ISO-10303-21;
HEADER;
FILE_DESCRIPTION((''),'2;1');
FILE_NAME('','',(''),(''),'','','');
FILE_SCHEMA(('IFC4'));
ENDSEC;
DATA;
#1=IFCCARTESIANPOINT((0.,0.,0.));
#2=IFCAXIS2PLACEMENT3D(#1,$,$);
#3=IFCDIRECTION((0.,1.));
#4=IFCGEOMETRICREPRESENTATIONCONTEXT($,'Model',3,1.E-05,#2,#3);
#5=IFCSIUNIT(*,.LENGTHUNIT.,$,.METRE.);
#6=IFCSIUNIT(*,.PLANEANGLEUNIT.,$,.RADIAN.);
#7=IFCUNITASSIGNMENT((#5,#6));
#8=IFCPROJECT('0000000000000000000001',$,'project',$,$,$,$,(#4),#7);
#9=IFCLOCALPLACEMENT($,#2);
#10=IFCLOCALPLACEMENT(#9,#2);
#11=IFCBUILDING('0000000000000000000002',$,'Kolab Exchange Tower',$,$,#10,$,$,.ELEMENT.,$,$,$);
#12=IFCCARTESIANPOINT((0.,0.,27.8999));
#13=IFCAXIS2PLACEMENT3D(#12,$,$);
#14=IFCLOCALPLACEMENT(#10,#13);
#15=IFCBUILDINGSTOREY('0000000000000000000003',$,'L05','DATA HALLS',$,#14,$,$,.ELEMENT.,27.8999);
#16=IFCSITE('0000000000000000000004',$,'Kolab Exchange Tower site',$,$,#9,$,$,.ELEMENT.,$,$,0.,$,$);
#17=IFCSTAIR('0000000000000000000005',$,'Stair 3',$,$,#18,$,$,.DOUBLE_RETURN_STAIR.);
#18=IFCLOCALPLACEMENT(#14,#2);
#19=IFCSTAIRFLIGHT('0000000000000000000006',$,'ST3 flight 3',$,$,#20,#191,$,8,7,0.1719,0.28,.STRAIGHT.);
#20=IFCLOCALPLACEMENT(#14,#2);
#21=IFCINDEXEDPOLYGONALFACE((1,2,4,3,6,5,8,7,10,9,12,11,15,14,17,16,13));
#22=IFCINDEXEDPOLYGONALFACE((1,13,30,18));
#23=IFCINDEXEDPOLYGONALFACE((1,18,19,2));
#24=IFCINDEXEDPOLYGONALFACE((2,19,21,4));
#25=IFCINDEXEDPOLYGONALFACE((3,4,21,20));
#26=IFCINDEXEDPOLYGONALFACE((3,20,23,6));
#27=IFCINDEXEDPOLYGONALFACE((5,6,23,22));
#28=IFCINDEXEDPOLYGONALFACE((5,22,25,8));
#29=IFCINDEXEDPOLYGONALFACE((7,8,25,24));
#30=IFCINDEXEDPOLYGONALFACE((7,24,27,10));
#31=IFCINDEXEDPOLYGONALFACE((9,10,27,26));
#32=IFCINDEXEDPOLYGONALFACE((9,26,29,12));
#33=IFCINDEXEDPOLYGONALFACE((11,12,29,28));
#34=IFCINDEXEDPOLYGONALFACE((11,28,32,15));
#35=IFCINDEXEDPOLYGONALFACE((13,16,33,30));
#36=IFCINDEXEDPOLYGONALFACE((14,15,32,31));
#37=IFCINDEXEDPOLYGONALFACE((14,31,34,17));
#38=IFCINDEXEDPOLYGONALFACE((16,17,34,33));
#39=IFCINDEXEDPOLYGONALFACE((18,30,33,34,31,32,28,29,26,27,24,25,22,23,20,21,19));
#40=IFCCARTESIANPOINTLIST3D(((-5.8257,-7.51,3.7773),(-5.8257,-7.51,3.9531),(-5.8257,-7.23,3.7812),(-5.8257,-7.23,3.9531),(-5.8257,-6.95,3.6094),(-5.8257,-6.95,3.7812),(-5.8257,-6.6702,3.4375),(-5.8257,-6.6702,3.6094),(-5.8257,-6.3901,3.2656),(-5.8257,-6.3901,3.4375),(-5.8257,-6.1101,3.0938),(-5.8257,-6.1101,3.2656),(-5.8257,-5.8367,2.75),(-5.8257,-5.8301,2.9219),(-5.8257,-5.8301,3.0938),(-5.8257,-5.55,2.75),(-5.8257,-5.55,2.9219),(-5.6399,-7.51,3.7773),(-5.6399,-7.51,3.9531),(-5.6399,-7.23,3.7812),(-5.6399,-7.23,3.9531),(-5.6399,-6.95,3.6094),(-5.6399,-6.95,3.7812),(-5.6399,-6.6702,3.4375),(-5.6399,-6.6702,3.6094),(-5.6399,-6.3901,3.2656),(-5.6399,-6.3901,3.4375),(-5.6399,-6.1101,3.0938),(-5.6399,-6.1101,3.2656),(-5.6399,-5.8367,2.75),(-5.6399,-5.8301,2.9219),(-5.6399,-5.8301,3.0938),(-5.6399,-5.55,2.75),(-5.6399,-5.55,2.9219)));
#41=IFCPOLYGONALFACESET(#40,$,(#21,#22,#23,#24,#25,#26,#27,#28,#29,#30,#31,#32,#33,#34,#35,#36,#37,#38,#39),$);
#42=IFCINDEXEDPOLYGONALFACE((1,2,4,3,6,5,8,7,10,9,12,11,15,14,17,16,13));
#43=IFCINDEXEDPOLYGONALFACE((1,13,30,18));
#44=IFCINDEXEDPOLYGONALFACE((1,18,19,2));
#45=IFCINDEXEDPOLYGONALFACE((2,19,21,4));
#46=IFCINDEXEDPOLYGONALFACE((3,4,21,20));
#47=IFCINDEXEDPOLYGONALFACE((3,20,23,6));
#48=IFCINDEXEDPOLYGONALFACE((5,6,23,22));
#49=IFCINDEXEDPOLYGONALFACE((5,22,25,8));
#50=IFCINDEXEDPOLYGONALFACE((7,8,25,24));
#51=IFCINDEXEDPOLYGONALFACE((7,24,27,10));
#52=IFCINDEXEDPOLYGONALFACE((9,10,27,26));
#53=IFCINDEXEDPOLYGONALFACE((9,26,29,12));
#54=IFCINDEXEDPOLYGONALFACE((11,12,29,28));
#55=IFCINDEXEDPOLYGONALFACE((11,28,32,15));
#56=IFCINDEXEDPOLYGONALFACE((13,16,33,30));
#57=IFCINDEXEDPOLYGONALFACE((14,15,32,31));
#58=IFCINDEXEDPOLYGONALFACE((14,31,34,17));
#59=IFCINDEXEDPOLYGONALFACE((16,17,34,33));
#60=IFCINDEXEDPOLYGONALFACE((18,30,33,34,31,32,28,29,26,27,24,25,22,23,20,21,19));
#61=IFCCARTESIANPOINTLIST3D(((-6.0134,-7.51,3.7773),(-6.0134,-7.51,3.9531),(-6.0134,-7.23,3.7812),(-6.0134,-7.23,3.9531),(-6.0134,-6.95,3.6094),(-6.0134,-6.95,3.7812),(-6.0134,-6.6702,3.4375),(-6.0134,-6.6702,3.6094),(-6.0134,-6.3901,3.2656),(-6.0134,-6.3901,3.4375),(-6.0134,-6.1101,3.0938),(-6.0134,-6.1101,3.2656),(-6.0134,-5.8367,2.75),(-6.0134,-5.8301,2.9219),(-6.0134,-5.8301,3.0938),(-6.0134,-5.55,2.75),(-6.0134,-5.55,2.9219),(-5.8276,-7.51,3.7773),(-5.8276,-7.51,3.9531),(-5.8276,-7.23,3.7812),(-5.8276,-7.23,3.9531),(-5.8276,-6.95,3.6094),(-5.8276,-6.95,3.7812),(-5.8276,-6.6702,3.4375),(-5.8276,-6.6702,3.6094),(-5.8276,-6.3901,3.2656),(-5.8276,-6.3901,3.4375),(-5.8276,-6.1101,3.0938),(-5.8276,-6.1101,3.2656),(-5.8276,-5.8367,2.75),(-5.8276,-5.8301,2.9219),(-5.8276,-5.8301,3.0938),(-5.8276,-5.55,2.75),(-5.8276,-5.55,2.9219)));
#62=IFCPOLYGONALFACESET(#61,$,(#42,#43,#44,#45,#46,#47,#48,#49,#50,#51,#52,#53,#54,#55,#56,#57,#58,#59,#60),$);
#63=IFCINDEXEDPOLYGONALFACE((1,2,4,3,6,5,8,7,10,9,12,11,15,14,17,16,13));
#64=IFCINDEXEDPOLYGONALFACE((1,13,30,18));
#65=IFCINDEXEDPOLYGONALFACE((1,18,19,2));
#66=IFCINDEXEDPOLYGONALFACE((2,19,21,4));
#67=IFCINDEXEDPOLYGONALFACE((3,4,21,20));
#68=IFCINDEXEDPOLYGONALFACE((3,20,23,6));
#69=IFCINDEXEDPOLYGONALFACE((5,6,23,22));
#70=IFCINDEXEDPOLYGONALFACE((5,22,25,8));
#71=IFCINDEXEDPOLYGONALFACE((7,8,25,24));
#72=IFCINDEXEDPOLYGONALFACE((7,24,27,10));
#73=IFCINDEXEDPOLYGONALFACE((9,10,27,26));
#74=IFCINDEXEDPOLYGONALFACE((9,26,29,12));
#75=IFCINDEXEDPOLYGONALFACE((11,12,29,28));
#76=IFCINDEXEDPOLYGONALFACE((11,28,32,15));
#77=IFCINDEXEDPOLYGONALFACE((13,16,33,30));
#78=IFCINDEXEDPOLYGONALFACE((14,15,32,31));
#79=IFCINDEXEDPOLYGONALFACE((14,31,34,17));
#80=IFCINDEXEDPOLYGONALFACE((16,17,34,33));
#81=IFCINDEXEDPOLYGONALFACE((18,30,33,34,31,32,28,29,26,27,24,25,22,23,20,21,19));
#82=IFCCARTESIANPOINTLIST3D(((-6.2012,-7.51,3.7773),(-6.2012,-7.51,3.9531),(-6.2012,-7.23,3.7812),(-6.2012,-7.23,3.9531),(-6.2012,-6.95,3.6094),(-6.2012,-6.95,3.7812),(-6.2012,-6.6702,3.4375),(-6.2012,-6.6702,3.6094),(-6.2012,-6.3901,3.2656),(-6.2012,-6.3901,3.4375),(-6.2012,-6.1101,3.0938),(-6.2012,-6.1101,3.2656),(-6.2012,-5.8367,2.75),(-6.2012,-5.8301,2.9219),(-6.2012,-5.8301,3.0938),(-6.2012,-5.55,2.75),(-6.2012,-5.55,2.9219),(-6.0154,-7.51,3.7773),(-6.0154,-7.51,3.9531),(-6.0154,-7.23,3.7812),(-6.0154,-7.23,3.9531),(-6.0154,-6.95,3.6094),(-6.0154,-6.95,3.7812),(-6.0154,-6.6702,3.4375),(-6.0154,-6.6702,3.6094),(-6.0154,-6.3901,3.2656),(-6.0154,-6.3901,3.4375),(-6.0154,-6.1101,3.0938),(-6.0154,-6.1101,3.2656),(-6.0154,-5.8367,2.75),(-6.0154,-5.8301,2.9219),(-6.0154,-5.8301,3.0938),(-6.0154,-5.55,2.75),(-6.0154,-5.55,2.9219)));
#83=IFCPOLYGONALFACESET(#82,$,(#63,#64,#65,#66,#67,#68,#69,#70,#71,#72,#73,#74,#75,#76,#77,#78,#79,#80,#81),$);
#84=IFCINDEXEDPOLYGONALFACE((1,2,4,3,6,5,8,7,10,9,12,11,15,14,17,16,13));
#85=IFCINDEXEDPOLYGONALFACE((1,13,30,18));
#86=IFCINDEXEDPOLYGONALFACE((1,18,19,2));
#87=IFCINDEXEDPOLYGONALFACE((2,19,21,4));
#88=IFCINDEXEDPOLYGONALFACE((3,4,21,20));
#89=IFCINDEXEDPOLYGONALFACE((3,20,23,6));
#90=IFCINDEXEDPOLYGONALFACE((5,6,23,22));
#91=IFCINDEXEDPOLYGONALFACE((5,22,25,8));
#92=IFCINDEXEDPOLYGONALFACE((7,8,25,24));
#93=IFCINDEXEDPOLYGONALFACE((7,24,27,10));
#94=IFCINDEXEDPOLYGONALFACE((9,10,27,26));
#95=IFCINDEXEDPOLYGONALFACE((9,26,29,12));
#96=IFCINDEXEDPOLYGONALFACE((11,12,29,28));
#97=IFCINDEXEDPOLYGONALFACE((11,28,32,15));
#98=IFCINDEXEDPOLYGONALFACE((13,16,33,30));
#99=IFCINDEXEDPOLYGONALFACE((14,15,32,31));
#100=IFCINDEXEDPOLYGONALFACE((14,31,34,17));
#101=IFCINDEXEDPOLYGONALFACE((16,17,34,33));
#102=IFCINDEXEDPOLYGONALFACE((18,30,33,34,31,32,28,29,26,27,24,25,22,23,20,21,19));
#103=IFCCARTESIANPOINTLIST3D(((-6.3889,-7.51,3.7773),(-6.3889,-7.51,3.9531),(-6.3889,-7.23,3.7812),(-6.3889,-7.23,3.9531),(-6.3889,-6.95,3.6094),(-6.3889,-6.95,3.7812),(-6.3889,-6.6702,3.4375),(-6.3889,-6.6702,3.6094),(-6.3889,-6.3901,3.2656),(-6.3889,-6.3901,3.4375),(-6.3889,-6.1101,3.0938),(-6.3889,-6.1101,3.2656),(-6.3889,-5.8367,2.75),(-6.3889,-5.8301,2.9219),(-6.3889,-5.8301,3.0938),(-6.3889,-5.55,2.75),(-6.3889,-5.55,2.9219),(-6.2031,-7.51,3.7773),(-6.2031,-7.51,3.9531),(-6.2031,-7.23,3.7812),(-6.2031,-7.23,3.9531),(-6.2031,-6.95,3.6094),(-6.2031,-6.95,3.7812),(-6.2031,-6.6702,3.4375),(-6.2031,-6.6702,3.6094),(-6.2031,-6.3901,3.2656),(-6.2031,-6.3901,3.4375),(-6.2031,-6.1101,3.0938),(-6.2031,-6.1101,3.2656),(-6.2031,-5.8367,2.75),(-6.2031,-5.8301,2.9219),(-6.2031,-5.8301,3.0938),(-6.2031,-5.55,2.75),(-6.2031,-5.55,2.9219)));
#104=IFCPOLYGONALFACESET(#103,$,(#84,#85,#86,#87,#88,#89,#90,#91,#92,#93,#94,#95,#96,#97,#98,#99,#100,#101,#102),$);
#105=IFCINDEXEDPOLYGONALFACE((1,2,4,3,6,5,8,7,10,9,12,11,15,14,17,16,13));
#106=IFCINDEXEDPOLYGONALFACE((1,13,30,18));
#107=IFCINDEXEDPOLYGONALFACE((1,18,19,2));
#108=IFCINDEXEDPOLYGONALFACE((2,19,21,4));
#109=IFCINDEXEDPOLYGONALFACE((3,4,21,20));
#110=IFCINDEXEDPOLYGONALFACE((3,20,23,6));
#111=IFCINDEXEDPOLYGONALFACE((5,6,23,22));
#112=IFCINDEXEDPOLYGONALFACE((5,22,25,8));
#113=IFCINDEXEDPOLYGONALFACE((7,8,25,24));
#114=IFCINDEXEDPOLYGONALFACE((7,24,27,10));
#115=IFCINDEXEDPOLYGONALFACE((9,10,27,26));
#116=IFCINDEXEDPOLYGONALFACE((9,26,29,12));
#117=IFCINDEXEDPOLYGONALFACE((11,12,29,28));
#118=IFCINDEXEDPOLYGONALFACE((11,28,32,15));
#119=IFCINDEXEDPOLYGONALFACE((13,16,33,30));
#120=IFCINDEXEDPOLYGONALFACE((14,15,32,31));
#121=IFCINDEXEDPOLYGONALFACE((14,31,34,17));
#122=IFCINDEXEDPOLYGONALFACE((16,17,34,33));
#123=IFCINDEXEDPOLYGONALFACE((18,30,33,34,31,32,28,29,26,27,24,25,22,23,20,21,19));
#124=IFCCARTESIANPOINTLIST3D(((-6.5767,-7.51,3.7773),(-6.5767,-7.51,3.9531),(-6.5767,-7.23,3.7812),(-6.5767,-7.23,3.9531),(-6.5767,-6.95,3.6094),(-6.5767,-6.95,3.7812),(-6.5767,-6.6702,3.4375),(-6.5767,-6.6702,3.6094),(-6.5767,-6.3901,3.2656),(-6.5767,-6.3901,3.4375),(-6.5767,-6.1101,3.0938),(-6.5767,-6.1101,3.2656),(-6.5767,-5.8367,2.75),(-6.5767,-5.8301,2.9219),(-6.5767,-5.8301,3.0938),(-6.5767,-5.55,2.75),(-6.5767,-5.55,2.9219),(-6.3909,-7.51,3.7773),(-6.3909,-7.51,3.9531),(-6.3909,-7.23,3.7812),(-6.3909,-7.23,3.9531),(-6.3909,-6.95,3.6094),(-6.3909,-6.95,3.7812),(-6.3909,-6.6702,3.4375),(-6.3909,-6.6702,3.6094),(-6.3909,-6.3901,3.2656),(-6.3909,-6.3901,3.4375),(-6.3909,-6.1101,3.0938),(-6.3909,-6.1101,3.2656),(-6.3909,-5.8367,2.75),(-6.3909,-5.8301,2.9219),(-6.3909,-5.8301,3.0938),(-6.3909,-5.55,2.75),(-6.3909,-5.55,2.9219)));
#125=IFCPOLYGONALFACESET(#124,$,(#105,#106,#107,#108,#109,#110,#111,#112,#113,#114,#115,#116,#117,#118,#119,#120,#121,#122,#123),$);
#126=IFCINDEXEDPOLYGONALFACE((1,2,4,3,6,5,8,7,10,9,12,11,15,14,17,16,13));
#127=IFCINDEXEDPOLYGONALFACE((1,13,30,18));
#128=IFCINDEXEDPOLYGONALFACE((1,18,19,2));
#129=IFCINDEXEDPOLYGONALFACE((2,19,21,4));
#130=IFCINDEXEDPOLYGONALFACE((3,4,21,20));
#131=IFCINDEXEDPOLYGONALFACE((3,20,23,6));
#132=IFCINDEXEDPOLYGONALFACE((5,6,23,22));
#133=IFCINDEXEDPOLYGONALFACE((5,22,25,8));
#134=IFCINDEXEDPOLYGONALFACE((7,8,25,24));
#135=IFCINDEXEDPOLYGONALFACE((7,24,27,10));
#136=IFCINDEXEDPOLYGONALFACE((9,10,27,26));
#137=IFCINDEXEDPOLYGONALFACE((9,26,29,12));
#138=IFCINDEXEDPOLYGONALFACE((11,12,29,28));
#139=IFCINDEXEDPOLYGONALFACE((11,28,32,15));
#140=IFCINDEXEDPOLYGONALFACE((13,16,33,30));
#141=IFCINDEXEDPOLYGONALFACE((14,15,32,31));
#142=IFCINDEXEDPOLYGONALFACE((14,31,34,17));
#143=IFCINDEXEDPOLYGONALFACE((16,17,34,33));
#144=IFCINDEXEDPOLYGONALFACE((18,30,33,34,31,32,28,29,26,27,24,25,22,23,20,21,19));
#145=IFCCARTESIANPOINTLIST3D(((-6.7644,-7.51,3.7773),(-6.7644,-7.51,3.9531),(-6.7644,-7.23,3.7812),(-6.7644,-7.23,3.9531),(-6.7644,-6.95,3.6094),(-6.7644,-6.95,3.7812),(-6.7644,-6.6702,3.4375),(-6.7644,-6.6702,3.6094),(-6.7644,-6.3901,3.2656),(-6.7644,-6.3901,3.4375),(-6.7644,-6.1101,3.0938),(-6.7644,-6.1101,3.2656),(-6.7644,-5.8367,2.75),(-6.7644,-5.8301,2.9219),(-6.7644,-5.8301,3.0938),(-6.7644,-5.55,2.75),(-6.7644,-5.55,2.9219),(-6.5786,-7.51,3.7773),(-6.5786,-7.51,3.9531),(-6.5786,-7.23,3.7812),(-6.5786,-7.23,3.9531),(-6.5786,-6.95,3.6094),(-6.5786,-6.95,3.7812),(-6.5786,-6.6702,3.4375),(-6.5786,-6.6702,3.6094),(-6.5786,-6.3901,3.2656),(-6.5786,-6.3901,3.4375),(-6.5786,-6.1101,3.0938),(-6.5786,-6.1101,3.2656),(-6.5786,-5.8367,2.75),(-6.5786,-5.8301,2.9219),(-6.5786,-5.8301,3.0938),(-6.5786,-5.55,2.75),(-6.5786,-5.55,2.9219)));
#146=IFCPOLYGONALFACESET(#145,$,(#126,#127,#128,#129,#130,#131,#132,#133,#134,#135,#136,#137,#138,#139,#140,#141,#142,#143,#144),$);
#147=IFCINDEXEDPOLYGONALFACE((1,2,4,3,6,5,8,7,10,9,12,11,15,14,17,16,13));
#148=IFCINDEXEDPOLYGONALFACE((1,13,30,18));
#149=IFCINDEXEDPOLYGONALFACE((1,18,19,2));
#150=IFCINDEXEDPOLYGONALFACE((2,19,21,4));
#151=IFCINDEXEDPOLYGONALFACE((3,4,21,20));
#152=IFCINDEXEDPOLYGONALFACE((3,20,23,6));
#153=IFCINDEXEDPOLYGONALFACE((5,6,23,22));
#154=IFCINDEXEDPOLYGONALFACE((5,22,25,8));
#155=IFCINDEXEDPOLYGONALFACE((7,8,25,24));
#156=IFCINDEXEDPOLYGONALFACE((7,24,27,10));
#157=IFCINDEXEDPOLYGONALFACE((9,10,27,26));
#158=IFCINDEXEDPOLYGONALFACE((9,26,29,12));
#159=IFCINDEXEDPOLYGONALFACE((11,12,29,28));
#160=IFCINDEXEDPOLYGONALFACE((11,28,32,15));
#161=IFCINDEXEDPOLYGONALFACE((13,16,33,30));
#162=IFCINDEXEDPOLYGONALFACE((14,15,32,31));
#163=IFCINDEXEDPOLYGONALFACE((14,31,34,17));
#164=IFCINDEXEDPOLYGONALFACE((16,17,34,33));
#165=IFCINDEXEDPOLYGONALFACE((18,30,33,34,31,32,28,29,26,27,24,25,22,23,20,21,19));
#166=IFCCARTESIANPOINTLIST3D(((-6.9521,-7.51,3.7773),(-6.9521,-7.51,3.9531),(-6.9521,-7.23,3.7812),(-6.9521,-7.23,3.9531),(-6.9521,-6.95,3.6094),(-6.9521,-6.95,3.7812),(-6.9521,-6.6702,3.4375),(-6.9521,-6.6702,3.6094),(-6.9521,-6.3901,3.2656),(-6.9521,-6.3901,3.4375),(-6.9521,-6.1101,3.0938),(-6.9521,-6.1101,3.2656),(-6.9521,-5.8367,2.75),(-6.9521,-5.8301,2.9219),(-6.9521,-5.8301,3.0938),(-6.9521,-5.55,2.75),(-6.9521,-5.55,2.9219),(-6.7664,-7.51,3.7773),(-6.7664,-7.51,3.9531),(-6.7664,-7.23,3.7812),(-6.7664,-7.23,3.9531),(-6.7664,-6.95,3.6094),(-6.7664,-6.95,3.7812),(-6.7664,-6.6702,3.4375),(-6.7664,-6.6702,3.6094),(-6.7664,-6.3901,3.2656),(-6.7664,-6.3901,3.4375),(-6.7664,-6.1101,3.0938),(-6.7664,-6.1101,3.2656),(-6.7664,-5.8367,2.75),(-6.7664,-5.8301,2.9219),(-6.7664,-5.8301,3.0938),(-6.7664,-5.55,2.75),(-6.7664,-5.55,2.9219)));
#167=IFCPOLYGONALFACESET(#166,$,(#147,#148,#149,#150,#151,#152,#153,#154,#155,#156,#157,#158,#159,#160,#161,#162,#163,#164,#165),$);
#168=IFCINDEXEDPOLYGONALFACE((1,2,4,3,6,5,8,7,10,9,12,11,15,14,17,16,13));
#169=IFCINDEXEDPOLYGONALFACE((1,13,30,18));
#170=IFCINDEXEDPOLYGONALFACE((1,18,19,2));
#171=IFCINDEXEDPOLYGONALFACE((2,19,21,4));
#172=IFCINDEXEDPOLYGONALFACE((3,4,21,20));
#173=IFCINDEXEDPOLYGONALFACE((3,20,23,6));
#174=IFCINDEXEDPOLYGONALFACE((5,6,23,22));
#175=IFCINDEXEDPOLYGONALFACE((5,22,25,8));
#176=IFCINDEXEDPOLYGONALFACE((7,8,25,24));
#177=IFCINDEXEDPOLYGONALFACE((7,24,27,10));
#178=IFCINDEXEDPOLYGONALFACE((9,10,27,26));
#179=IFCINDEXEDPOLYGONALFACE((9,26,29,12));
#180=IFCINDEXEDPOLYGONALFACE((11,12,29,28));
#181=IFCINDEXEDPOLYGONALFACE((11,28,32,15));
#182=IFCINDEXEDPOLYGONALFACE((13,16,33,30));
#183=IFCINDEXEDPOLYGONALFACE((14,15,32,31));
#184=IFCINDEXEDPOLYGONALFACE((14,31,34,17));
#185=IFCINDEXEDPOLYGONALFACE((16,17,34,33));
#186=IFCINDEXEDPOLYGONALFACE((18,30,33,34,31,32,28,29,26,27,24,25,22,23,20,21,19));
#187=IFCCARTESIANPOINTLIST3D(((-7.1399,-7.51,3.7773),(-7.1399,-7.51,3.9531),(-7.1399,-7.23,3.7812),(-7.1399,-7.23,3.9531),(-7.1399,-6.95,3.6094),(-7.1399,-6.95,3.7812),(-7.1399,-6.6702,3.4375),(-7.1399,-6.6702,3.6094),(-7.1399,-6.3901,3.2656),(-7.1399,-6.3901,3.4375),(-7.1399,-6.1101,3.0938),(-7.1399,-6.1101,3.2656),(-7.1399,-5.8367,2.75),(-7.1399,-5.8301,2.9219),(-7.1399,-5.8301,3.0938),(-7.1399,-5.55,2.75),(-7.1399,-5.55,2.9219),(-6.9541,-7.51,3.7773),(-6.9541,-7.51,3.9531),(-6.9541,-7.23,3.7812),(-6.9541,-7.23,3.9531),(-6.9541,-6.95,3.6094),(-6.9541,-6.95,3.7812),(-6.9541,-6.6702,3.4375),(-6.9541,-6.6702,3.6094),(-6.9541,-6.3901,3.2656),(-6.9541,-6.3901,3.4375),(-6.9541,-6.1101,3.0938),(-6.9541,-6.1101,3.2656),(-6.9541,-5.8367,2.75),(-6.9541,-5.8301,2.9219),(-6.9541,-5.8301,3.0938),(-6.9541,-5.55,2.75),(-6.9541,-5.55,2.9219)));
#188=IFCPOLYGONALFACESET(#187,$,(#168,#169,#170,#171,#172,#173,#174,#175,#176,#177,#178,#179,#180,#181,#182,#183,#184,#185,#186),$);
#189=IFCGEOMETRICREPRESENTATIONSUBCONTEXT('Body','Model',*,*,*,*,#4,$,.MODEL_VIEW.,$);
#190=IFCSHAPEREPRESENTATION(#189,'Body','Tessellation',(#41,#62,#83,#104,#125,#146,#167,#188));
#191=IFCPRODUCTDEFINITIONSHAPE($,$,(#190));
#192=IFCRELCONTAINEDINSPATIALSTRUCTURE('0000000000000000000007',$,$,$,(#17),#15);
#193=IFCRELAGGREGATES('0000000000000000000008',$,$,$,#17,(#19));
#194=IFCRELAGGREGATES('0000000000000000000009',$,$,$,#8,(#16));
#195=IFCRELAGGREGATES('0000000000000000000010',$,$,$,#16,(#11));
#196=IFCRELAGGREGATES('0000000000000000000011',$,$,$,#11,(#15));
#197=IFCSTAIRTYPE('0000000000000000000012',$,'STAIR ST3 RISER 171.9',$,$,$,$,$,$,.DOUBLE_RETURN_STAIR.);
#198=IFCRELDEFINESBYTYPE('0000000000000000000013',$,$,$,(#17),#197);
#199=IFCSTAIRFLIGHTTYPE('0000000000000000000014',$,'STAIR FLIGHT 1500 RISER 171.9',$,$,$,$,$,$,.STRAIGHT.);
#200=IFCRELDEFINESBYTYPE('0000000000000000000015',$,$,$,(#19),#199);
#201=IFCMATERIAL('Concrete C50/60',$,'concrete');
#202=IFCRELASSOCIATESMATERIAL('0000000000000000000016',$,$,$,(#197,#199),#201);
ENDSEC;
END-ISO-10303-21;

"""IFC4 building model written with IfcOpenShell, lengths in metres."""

from ifc_helpers import new_model, si_unit, direction, frame, origin, place, context, subcontext, project, spatial, polyline, outline, extrude, material, type_object, element, aggregate, save


model = new_model("IFC4")

# Units and contexts
model_context = context("Model", 3, precision=1e-05, world=origin(), true_north=direction((0.0, 1.0)))
body_context = subcontext(model_context, "Body", "Model", "MODEL_VIEW")
ifc_project = project(units=[si_unit("LENGTHUNIT", "METRE"), si_unit("PLANEANGLEUNIT", "RADIAN")], contexts=[model_context])

# Site, building, storey
site_placement = place(None, origin())
site = spatial("IfcSite", under=ifc_project, at=site_placement, Name="Kolab Exchange Tower site", CompositionType="ELEMENT", RefElevation=0.0)
building_placement = place(site_placement, origin())
building = spatial("IfcBuilding", under=site, at=building_placement, Name="Kolab Exchange Tower", CompositionType="ELEMENT")
storey_placement = place(building_placement, frame((0.0, 0.0, 27.8999)))
storey = spatial("IfcBuildingStorey", under=building, at=storey_placement, Name="L05", Description="DATA HALLS", CompositionType="ELEMENT", Elevation=27.8999)

# Shared definitions
ifc_material_1 = material(Name="Concrete C50/60", Category="concrete")

# Stair, stair flight
stair_type = type_object("IfcStairType", Name="STAIR ST3 RISER 171.9", PredefinedType="DOUBLE_RETURN_STAIR", material=ifc_material_1)
stair_placement = place(storey_placement, origin())
stair = element("IfcStair", 1, at=stair_placement, inside=storey, type_object=stair_type, Name="Stair 3", PredefinedType="DOUBLE_RETURN_STAIR")
stair_flight_type = type_object("IfcStairFlightType", Name="STAIR FLIGHT 1500 RISER 171.9", PredefinedType="STRAIGHT", material=ifc_material_1)
stair_flight_1_placement = place(storey_placement, frame((-6.3899, -5.55, 2.75), z_axis=(0.0, 0.0, 1.0), x_axis=(0.0, -1.0, 0.0)))
stair_flight_1 = element("IfcStairFlight", 2, at=stair_flight_1_placement, type_object=stair_flight_type, Name="ST3 flight 3", NumberOfRisers=8, NumberOfTreads=7, PredefinedType="STRAIGHT", RiserHeight=0.1719, TreadLength=0.28, context=body_context, shape_type="SweptSolid", body=[
    extrude(outline(polyline([(0.0, 0.0), (0.0, 0.1719), (0.28, 0.1719), (0.28, 0.3438), (0.5601, 0.3438), (0.5601, 0.5156), (0.8401, 0.5156), (0.8401, 0.6875), (1.1201, 0.6875), (1.1201, 0.8594), (1.3999, 0.8594), (1.3999, 1.0312), (1.6799, 1.0312), (1.6799, 1.2031), (1.96, 1.2031), (1.96, 1.375), (1.96, 1.0273), (0.2866, 0.0), (0.0, 0.0)])), frame((0.0, 0.75, 0.0), z_axis=(0.0, -1.0, 0.0), x_axis=(1.0, 0.0, 0.0)), (0.0, 0.0, 1.0), 0.1858),
    extrude(outline(polyline([(0.0, 0.0), (0.0, 0.1719), (0.28, 0.1719), (0.28, 0.3438), (0.5601, 0.3438), (0.5601, 0.5156), (0.8401, 0.5156), (0.8401, 0.6875), (1.1201, 0.6875), (1.1201, 0.8594), (1.3999, 0.8594), (1.3999, 1.0312), (1.6799, 1.0312), (1.6799, 1.2031), (1.96, 1.2031), (1.96, 1.375), (1.96, 1.0273), (0.2866, 0.0), (0.0, 0.0)])), frame((0.0, 0.5623, 0.0), z_axis=(0.0, -1.0, 0.0), x_axis=(1.0, 0.0, 0.0)), (0.0, 0.0, 1.0), 0.1858),
    extrude(outline(polyline([(0.0, 0.0), (0.0, 0.1719), (0.28, 0.1719), (0.28, 0.3438), (0.5601, 0.3438), (0.5601, 0.5156), (0.8401, 0.5156), (0.8401, 0.6875), (1.1201, 0.6875), (1.1201, 0.8594), (1.3999, 0.8594), (1.3999, 1.0312), (1.6799, 1.0312), (1.6799, 1.2031), (1.96, 1.2031), (1.96, 1.375), (1.96, 1.0273), (0.2866, 0.0), (0.0, 0.0)])), frame((0.0, 0.3745, 0.0), z_axis=(0.0, -1.0, 0.0), x_axis=(1.0, 0.0, 0.0)), (0.0, 0.0, 1.0), 0.1858),
    extrude(outline(polyline([(0.0, 0.0), (0.0, 0.1719), (0.28, 0.1719), (0.28, 0.3438), (0.5601, 0.3438), (0.5601, 0.5156), (0.8401, 0.5156), (0.8401, 0.6875), (1.1201, 0.6875), (1.1201, 0.8594), (1.3999, 0.8594), (1.3999, 1.0312), (1.6799, 1.0312), (1.6799, 1.2031), (1.96, 1.2031), (1.96, 1.375), (1.96, 1.0273), (0.2866, 0.0), (0.0, 0.0)])), frame((0.0, 0.1868, 0.0), z_axis=(0.0, -1.0, 0.0), x_axis=(1.0, 0.0, 0.0)), (0.0, 0.0, 1.0), 0.1858),
    extrude(outline(polyline([(0.0, 0.0), (0.0, 0.1719), (0.28, 0.1719), (0.28, 0.3438), (0.5601, 0.3438), (0.5601, 0.5156), (0.8401, 0.5156), (0.8401, 0.6875), (1.1201, 0.6875), (1.1201, 0.8594), (1.3999, 0.8594), (1.3999, 1.0312), (1.6799, 1.0312), (1.6799, 1.2031), (1.96, 1.2031), (1.96, 1.375), (1.96, 1.0273), (0.2866, 0.0), (0.0, 0.0)])), frame((0.0, -0.001, 0.0), z_axis=(0.0, -1.0, 0.0), x_axis=(1.0, 0.0, 0.0)), (0.0, 0.0, 1.0), 0.1858),
    extrude(outline(polyline([(0.0, 0.0), (0.0, 0.1719), (0.28, 0.1719), (0.28, 0.3438), (0.5601, 0.3438), (0.5601, 0.5156), (0.8401, 0.5156), (0.8401, 0.6875), (1.1201, 0.6875), (1.1201, 0.8594), (1.3999, 0.8594), (1.3999, 1.0312), (1.6799, 1.0312), (1.6799, 1.2031), (1.96, 1.2031), (1.96, 1.375), (1.96, 1.0273), (0.2866, 0.0), (0.0, 0.0)])), frame((0.0, -0.1887, 0.0), z_axis=(0.0, -1.0, 0.0), x_axis=(1.0, 0.0, 0.0)), (0.0, 0.0, 1.0), 0.1858),
    extrude(outline(polyline([(0.0, 0.0), (0.0, 0.1719), (0.28, 0.1719), (0.28, 0.3438), (0.5601, 0.3438), (0.5601, 0.5156), (0.8401, 0.5156), (0.8401, 0.6875), (1.1201, 0.6875), (1.1201, 0.8594), (1.3999, 0.8594), (1.3999, 1.0312), (1.6799, 1.0312), (1.6799, 1.2031), (1.96, 1.2031), (1.96, 1.375), (1.96, 1.0273), (0.2866, 0.0), (0.0, 0.0)])), frame((0.0, -0.3765, 0.0), z_axis=(0.0, -1.0, 0.0), x_axis=(1.0, 0.0, 0.0)), (0.0, 0.0, 1.0), 0.1858),
    extrude(outline(polyline([(0.0, 0.0), (0.0, 0.1719), (0.28, 0.1719), (0.28, 0.3438), (0.5601, 0.3438), (0.5601, 0.5156), (0.8401, 0.5156), (0.8401, 0.6875), (1.1201, 0.6875), (1.1201, 0.8594), (1.3999, 0.8594), (1.3999, 1.0312), (1.6799, 1.0312), (1.6799, 1.2031), (1.96, 1.2031), (1.96, 1.375), (1.96, 1.0273), (0.2866, 0.0), (0.0, 0.0)])), frame((0.0, -0.5642, 0.0), z_axis=(0.0, -1.0, 0.0), x_axis=(1.0, 0.0, 0.0)), (0.0, 0.0, 1.0), 0.1858),
])
aggregate(stair, [stair_flight_1])

save(model, "model.ifc")
